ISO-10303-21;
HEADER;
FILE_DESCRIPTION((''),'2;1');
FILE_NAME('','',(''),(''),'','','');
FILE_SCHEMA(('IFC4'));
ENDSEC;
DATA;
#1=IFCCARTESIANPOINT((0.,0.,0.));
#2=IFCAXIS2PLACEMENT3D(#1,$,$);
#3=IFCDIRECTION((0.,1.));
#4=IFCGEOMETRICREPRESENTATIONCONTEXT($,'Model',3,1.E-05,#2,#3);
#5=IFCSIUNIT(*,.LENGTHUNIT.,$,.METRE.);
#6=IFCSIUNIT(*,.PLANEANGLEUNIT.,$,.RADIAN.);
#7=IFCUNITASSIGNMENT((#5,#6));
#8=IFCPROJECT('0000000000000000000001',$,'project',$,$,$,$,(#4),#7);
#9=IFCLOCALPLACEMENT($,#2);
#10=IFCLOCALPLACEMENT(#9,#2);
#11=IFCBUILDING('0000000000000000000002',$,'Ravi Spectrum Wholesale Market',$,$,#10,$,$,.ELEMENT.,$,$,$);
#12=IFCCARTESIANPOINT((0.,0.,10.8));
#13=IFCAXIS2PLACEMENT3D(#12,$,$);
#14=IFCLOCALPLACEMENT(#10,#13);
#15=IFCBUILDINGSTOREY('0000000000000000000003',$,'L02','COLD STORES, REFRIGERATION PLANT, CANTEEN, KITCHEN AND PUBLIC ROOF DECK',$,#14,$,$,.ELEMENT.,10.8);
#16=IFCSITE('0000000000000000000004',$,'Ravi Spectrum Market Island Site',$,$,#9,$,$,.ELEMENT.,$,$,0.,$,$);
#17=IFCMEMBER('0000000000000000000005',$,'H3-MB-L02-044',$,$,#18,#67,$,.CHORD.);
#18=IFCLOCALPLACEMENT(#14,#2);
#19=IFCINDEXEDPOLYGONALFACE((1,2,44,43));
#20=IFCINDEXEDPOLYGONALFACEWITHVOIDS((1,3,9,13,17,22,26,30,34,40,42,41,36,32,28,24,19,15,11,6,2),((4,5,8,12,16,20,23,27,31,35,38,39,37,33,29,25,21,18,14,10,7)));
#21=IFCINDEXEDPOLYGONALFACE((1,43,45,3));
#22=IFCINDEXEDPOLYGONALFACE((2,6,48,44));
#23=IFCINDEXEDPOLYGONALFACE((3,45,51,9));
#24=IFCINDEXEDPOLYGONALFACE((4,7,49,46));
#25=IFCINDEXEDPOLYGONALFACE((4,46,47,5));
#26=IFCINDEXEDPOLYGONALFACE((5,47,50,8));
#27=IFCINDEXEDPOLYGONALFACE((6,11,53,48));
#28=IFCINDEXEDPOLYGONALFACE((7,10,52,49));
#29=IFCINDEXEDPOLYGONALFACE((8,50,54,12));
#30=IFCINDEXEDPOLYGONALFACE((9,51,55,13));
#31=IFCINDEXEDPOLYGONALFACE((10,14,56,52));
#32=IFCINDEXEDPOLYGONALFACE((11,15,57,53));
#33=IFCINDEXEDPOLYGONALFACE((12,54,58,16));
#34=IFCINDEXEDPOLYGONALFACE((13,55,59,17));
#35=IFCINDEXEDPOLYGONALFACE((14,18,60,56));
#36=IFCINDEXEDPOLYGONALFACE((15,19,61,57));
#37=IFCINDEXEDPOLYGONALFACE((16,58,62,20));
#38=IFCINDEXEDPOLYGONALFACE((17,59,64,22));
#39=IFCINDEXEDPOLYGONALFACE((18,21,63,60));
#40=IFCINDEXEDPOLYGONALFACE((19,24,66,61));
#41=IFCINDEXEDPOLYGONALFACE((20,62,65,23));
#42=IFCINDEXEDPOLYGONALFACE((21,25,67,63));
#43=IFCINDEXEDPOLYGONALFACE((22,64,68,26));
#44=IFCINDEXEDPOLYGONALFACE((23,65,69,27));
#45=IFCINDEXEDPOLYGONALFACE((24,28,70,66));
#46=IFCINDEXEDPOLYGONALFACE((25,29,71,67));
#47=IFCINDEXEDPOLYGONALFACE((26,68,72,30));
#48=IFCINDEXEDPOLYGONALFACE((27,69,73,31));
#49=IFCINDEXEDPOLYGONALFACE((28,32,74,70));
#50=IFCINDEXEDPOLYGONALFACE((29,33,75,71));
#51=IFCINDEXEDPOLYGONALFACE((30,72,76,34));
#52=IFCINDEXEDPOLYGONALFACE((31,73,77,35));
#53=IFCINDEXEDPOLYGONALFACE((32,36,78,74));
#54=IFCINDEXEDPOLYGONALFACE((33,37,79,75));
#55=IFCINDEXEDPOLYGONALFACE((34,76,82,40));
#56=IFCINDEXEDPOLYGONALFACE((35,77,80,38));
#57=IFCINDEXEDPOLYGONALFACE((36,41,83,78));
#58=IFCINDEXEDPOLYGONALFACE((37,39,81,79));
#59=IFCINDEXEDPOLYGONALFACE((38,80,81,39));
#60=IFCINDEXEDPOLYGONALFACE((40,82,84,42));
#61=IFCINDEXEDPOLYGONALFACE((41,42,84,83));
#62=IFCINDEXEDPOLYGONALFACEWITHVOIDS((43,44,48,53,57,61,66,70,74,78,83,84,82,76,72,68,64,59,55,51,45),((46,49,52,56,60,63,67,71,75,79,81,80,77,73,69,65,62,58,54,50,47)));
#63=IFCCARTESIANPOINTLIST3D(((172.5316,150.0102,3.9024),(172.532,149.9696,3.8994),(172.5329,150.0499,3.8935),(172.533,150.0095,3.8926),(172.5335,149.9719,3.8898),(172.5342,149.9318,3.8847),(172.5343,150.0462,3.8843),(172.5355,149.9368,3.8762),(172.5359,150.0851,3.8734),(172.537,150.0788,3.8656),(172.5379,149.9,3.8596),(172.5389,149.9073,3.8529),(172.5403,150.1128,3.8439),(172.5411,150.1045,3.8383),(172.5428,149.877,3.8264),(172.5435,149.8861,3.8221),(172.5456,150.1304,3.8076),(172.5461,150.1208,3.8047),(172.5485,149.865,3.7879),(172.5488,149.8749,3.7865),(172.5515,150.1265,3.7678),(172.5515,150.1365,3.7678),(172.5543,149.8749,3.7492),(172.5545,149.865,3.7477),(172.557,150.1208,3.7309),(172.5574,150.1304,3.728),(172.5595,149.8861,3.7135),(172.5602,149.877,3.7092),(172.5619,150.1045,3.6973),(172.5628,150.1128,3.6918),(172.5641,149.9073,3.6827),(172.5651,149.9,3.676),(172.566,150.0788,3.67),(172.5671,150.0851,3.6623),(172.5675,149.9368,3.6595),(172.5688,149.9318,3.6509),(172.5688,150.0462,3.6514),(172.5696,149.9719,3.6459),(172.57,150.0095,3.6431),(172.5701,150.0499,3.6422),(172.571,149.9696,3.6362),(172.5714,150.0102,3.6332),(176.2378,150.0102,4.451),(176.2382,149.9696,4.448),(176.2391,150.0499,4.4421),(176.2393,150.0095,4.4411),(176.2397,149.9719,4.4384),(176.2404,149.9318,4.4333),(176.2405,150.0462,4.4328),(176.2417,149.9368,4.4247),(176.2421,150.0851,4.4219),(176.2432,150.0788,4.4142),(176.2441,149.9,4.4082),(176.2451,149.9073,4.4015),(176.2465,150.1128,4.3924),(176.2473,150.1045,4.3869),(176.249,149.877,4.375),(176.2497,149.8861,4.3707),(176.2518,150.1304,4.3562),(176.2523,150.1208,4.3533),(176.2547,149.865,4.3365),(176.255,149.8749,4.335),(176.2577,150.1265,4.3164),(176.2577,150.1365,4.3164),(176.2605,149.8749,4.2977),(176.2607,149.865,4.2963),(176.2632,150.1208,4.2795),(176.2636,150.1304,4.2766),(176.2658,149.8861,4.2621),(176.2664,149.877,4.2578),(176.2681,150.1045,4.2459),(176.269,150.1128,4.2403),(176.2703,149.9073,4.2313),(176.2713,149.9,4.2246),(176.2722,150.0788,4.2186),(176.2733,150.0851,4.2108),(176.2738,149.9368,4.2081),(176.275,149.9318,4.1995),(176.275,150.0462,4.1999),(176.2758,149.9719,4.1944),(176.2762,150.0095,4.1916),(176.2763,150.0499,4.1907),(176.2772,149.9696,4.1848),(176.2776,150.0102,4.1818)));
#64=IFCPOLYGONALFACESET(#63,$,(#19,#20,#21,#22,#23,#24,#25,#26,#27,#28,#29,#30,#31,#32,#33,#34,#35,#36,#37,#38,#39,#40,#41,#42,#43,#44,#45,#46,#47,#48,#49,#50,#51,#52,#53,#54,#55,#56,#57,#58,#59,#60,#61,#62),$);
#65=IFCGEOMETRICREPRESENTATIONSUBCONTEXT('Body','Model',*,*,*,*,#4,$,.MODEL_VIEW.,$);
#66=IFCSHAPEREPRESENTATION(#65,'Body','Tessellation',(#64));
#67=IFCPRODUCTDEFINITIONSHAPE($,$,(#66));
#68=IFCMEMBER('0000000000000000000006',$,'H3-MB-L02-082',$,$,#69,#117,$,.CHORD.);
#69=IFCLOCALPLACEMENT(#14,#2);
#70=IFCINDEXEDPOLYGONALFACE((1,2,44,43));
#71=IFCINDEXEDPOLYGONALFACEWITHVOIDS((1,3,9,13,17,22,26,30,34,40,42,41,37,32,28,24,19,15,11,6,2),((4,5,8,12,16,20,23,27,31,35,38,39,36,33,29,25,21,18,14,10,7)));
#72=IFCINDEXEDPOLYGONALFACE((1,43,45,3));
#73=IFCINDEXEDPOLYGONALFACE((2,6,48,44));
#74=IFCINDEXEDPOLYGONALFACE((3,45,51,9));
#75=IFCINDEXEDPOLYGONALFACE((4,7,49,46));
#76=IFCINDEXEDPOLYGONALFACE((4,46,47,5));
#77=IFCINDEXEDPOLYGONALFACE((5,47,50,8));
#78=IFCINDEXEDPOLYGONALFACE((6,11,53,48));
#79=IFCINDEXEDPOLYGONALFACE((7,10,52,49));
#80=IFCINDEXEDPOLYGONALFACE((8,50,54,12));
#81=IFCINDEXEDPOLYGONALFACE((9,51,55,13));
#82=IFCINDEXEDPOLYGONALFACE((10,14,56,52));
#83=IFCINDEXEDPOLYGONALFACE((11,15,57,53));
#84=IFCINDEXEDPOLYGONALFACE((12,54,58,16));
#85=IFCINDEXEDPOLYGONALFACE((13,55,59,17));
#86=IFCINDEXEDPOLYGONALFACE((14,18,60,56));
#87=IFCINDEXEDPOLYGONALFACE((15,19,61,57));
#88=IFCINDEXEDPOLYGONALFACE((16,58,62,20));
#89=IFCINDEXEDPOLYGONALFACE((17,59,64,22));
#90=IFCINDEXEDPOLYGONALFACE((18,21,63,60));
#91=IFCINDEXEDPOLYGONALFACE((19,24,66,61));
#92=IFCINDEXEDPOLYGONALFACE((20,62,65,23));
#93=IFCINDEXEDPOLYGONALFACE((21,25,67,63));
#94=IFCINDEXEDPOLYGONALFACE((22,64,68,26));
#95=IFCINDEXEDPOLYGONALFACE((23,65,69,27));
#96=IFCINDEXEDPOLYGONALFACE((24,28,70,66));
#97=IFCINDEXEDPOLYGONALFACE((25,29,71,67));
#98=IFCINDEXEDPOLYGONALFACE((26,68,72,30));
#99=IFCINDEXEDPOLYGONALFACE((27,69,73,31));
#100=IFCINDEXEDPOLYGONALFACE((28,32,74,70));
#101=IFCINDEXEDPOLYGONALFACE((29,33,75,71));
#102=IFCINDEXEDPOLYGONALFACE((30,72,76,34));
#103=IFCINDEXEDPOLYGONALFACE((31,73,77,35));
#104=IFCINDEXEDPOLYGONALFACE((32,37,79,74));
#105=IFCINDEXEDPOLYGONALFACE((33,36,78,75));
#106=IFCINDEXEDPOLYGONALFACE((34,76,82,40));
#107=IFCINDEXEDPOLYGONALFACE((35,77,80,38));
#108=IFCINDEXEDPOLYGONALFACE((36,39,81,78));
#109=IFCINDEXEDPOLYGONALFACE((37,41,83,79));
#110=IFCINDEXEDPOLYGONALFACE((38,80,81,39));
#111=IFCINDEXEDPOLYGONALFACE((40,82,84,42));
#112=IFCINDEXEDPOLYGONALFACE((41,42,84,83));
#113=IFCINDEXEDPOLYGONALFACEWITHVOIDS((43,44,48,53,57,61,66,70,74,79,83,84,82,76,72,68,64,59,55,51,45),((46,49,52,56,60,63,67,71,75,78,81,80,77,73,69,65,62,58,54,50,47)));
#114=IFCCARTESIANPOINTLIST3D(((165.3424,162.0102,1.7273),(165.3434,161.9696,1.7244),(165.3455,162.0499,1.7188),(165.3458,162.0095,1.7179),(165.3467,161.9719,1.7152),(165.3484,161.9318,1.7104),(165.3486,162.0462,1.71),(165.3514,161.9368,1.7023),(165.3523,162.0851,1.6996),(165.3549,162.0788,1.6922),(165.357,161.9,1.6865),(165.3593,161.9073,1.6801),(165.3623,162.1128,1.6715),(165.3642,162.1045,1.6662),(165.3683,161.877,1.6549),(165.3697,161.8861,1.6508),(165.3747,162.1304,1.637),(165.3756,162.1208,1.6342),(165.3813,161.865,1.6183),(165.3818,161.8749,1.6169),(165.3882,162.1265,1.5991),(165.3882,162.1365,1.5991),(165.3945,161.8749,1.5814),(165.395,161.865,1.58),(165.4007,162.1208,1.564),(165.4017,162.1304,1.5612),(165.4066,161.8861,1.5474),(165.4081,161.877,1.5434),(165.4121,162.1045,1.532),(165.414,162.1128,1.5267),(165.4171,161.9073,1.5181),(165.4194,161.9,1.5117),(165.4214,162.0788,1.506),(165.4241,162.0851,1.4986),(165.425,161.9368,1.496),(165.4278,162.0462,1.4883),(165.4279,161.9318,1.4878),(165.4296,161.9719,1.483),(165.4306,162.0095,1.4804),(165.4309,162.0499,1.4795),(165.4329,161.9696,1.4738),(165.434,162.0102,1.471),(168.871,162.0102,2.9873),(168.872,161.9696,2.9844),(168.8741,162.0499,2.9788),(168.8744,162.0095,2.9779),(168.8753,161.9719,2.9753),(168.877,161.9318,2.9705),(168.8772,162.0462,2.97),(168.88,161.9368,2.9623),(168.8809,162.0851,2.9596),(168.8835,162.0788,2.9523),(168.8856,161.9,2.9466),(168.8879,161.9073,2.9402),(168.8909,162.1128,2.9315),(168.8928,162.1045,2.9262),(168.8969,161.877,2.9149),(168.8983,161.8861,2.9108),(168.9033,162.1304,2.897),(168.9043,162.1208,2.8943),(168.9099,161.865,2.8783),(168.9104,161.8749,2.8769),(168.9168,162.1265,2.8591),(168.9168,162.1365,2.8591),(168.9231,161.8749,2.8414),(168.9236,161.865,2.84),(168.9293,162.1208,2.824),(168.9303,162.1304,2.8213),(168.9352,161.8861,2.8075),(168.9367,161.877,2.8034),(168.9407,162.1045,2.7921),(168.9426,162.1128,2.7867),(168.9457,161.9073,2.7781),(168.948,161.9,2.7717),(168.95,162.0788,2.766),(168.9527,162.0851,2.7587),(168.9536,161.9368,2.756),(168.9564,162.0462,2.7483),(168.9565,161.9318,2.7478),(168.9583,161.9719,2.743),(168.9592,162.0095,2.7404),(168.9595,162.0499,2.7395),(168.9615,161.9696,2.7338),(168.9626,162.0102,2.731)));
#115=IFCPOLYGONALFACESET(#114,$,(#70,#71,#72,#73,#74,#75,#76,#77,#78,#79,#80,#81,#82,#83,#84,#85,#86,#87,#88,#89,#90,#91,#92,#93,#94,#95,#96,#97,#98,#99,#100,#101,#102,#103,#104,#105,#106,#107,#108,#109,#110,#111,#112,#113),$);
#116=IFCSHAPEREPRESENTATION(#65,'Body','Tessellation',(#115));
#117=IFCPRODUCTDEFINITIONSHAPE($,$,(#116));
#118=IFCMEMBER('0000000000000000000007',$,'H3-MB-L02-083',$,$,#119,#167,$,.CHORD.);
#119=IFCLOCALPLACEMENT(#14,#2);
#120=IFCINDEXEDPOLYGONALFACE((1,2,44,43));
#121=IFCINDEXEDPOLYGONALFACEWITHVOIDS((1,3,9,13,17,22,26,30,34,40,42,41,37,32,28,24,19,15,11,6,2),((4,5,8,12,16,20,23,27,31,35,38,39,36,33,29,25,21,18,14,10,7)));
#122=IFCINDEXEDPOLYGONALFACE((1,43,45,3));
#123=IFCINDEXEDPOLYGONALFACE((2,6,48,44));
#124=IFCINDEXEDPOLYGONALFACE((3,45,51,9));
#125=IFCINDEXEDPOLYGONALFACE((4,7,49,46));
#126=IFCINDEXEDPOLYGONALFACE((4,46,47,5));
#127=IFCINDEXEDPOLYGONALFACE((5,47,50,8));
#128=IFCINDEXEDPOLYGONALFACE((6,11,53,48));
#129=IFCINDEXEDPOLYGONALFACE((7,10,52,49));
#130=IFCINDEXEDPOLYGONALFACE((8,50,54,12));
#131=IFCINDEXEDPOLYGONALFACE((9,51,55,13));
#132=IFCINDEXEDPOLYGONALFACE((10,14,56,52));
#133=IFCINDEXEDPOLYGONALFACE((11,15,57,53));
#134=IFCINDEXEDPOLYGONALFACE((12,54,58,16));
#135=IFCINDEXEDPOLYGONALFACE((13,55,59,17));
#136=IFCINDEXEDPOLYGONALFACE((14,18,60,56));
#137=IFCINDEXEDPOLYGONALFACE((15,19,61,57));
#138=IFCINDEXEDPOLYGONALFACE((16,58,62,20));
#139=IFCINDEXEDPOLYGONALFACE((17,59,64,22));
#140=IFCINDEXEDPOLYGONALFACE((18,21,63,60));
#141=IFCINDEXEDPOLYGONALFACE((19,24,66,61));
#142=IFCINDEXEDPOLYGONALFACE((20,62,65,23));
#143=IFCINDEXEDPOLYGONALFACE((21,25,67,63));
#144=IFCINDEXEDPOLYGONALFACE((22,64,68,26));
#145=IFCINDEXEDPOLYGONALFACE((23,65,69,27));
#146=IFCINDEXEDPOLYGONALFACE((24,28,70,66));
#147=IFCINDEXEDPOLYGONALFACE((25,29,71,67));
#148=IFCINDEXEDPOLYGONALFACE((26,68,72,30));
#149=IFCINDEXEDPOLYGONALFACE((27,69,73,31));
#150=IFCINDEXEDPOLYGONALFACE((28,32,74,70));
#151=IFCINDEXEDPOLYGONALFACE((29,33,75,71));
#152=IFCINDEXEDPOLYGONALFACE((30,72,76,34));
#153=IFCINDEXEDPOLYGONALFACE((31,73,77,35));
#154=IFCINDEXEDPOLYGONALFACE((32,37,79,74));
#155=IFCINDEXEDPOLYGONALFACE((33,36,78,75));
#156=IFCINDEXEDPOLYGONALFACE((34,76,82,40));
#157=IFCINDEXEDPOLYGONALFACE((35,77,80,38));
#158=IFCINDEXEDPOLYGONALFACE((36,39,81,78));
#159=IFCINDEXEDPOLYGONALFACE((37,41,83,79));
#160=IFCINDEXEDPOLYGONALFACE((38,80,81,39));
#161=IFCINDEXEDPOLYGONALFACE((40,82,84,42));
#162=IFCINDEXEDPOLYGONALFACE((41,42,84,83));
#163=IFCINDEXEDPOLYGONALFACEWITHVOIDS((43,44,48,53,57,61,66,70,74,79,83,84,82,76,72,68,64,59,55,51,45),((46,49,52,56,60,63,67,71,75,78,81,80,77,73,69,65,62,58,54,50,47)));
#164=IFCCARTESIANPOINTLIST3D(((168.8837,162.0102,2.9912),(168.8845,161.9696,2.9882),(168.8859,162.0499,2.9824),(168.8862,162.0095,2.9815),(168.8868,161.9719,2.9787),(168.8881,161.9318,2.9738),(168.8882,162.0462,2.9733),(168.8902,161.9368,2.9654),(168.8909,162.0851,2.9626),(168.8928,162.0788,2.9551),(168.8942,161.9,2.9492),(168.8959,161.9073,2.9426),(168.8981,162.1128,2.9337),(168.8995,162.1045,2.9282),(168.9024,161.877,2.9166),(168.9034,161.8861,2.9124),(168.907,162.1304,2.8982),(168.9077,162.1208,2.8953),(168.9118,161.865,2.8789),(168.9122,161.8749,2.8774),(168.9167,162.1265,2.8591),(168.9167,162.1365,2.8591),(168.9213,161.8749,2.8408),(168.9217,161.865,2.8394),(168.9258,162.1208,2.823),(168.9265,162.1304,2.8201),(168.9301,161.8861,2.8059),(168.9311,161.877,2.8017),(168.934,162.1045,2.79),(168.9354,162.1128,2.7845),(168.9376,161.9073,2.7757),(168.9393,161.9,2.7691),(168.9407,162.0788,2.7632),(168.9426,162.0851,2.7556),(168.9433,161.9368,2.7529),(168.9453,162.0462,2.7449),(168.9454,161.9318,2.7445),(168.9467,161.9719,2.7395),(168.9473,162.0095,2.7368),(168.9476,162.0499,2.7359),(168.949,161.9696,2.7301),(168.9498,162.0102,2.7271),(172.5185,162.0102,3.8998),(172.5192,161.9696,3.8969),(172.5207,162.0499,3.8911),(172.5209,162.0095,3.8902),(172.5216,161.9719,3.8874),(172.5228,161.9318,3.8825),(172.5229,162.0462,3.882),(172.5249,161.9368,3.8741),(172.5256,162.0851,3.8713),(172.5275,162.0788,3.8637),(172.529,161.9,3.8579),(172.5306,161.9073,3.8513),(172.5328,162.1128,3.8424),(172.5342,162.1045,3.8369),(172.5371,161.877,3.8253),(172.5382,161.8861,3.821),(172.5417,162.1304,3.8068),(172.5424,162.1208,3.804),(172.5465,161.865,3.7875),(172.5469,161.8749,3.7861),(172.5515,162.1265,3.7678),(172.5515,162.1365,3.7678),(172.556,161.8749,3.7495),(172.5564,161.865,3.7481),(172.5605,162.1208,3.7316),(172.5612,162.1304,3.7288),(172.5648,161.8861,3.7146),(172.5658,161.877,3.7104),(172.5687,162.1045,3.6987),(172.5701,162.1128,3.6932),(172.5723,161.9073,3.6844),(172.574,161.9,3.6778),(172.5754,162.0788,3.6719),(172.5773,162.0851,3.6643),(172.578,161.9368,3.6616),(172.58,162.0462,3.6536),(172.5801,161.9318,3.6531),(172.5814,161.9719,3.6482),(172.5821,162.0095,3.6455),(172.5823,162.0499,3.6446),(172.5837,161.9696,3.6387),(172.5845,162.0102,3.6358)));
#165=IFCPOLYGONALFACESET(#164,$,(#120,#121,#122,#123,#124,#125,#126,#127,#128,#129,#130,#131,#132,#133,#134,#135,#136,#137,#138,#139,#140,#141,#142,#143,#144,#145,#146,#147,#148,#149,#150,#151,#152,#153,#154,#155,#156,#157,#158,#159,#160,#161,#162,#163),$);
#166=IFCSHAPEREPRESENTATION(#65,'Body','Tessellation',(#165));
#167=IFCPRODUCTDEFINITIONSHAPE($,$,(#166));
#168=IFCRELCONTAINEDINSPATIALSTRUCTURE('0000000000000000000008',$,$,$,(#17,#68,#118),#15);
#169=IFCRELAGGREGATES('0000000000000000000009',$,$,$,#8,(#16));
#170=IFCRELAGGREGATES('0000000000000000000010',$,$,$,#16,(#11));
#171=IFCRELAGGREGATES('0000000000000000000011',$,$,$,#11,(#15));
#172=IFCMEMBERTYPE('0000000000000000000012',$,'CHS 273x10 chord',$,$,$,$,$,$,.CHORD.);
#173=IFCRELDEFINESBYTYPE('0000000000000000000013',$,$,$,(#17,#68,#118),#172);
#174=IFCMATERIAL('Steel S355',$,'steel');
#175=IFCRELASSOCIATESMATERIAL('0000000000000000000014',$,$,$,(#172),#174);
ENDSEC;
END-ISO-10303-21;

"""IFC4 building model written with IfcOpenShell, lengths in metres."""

from ifc_helpers import new_model, si_unit, direction, frame, origin, origin_2d, place, context, subcontext, project, spatial, hollow_circle, extrude, material, material_profile, profile_set, type_object, element, save


model = new_model("IFC4")

# Units and contexts
model_context = context("Model", 3, precision=1e-05, world=origin(), true_north=direction((0.0, 1.0)))
body_context = subcontext(model_context, "Body", "Model", "MODEL_VIEW")
ifc_project = project(units=[si_unit("LENGTHUNIT", "METRE"), si_unit("PLANEANGLEUNIT", "RADIAN")], contexts=[model_context])

# Site, building, storey
site_placement = place(None, origin())
site = spatial("IfcSite", under=ifc_project, at=site_placement, Name="Ravi Spectrum Market Island Site", CompositionType="ELEMENT", RefElevation=0.0)
building_placement = place(site_placement, origin())
building = spatial("IfcBuilding", under=site, at=building_placement, Name="Ravi Spectrum Wholesale Market", CompositionType="ELEMENT")
storey_placement = place(building_placement, frame((0.0, 0.0, 10.8)))
storey = spatial("IfcBuildingStorey", under=building, at=storey_placement, Name="L02", Description="COLD STORES, REFRIGERATION PLANT, CANTEEN, KITCHEN AND PUBLIC ROOF DECK", CompositionType="ELEMENT", Elevation=10.8)

# Members
ifc_material_1 = material(Name="Steel S355", Category="steel")
ifc_material_profile_1 = material_profile(ifc_material_1, hollow_circle(Radius=0.1365, WallThickness=0.01, at=origin_2d()))
ifc_profile_set_1 = profile_set([ifc_material_profile_1], Name="Steel S355")
member_type_1 = type_object("IfcMemberType", Name="CHS 273x10 chord", PredefinedType="CHORD", material=ifc_profile_set_1)
member_1_placement = place(storey_placement, frame((172.5515, 150.0, 3.7678), z_axis=(0.989223, 0.0, 0.146419), x_axis=(0.0, 1.0, 0.0)))
element("IfcMember", 1, at=member_1_placement, inside=storey, type_object=member_type_1, Name="H3-MB-L02-044", PredefinedType="CHORD", context=body_context, shape_type="SweptSolid", body=[
    extrude(hollow_circle(Radius=0.1365, WallThickness=0.01, at=origin_2d()), origin(), (0.0, 0.0, 1.0), 3.7466),
])
member_2_placement = place(storey_placement, frame((165.3882, 162.0, 1.5991), z_axis=(0.941758, 0.0, 0.336291), x_axis=(0.0, 1.0, 0.0)))
element("IfcMember", 2, at=member_2_placement, inside=storey, type_object=member_type_1, Name="H3-MB-L02-082", PredefinedType="CHORD", context=body_context, shape_type="SweptSolid", body=[
    extrude(hollow_circle(Radius=0.1365, WallThickness=0.01, at=origin_2d()), origin(), (0.0, 0.0, 1.0), 3.7468),
])
for number, where, z_axis, x_axis, name in (
    (3, (168.9167, 162.0, 2.8591), (0.970143, 0.0, 0.242536), (0.0, 1.0, 0.0), "H3-MB-L02-083"),
):
    element("IfcMember", number, at=place(storey_placement, frame(where, z_axis=z_axis, x_axis=x_axis)), inside=storey, type_object=member_type_1, Name=name, PredefinedType="CHORD", context=body_context, shape_type="SweptSolid", body=[
        extrude(hollow_circle(Radius=0.1365, WallThickness=0.01, at=origin_2d()), origin(), (0.0, 0.0, 1.0), 3.7466),
    ])

save(model, "model.ifc")
